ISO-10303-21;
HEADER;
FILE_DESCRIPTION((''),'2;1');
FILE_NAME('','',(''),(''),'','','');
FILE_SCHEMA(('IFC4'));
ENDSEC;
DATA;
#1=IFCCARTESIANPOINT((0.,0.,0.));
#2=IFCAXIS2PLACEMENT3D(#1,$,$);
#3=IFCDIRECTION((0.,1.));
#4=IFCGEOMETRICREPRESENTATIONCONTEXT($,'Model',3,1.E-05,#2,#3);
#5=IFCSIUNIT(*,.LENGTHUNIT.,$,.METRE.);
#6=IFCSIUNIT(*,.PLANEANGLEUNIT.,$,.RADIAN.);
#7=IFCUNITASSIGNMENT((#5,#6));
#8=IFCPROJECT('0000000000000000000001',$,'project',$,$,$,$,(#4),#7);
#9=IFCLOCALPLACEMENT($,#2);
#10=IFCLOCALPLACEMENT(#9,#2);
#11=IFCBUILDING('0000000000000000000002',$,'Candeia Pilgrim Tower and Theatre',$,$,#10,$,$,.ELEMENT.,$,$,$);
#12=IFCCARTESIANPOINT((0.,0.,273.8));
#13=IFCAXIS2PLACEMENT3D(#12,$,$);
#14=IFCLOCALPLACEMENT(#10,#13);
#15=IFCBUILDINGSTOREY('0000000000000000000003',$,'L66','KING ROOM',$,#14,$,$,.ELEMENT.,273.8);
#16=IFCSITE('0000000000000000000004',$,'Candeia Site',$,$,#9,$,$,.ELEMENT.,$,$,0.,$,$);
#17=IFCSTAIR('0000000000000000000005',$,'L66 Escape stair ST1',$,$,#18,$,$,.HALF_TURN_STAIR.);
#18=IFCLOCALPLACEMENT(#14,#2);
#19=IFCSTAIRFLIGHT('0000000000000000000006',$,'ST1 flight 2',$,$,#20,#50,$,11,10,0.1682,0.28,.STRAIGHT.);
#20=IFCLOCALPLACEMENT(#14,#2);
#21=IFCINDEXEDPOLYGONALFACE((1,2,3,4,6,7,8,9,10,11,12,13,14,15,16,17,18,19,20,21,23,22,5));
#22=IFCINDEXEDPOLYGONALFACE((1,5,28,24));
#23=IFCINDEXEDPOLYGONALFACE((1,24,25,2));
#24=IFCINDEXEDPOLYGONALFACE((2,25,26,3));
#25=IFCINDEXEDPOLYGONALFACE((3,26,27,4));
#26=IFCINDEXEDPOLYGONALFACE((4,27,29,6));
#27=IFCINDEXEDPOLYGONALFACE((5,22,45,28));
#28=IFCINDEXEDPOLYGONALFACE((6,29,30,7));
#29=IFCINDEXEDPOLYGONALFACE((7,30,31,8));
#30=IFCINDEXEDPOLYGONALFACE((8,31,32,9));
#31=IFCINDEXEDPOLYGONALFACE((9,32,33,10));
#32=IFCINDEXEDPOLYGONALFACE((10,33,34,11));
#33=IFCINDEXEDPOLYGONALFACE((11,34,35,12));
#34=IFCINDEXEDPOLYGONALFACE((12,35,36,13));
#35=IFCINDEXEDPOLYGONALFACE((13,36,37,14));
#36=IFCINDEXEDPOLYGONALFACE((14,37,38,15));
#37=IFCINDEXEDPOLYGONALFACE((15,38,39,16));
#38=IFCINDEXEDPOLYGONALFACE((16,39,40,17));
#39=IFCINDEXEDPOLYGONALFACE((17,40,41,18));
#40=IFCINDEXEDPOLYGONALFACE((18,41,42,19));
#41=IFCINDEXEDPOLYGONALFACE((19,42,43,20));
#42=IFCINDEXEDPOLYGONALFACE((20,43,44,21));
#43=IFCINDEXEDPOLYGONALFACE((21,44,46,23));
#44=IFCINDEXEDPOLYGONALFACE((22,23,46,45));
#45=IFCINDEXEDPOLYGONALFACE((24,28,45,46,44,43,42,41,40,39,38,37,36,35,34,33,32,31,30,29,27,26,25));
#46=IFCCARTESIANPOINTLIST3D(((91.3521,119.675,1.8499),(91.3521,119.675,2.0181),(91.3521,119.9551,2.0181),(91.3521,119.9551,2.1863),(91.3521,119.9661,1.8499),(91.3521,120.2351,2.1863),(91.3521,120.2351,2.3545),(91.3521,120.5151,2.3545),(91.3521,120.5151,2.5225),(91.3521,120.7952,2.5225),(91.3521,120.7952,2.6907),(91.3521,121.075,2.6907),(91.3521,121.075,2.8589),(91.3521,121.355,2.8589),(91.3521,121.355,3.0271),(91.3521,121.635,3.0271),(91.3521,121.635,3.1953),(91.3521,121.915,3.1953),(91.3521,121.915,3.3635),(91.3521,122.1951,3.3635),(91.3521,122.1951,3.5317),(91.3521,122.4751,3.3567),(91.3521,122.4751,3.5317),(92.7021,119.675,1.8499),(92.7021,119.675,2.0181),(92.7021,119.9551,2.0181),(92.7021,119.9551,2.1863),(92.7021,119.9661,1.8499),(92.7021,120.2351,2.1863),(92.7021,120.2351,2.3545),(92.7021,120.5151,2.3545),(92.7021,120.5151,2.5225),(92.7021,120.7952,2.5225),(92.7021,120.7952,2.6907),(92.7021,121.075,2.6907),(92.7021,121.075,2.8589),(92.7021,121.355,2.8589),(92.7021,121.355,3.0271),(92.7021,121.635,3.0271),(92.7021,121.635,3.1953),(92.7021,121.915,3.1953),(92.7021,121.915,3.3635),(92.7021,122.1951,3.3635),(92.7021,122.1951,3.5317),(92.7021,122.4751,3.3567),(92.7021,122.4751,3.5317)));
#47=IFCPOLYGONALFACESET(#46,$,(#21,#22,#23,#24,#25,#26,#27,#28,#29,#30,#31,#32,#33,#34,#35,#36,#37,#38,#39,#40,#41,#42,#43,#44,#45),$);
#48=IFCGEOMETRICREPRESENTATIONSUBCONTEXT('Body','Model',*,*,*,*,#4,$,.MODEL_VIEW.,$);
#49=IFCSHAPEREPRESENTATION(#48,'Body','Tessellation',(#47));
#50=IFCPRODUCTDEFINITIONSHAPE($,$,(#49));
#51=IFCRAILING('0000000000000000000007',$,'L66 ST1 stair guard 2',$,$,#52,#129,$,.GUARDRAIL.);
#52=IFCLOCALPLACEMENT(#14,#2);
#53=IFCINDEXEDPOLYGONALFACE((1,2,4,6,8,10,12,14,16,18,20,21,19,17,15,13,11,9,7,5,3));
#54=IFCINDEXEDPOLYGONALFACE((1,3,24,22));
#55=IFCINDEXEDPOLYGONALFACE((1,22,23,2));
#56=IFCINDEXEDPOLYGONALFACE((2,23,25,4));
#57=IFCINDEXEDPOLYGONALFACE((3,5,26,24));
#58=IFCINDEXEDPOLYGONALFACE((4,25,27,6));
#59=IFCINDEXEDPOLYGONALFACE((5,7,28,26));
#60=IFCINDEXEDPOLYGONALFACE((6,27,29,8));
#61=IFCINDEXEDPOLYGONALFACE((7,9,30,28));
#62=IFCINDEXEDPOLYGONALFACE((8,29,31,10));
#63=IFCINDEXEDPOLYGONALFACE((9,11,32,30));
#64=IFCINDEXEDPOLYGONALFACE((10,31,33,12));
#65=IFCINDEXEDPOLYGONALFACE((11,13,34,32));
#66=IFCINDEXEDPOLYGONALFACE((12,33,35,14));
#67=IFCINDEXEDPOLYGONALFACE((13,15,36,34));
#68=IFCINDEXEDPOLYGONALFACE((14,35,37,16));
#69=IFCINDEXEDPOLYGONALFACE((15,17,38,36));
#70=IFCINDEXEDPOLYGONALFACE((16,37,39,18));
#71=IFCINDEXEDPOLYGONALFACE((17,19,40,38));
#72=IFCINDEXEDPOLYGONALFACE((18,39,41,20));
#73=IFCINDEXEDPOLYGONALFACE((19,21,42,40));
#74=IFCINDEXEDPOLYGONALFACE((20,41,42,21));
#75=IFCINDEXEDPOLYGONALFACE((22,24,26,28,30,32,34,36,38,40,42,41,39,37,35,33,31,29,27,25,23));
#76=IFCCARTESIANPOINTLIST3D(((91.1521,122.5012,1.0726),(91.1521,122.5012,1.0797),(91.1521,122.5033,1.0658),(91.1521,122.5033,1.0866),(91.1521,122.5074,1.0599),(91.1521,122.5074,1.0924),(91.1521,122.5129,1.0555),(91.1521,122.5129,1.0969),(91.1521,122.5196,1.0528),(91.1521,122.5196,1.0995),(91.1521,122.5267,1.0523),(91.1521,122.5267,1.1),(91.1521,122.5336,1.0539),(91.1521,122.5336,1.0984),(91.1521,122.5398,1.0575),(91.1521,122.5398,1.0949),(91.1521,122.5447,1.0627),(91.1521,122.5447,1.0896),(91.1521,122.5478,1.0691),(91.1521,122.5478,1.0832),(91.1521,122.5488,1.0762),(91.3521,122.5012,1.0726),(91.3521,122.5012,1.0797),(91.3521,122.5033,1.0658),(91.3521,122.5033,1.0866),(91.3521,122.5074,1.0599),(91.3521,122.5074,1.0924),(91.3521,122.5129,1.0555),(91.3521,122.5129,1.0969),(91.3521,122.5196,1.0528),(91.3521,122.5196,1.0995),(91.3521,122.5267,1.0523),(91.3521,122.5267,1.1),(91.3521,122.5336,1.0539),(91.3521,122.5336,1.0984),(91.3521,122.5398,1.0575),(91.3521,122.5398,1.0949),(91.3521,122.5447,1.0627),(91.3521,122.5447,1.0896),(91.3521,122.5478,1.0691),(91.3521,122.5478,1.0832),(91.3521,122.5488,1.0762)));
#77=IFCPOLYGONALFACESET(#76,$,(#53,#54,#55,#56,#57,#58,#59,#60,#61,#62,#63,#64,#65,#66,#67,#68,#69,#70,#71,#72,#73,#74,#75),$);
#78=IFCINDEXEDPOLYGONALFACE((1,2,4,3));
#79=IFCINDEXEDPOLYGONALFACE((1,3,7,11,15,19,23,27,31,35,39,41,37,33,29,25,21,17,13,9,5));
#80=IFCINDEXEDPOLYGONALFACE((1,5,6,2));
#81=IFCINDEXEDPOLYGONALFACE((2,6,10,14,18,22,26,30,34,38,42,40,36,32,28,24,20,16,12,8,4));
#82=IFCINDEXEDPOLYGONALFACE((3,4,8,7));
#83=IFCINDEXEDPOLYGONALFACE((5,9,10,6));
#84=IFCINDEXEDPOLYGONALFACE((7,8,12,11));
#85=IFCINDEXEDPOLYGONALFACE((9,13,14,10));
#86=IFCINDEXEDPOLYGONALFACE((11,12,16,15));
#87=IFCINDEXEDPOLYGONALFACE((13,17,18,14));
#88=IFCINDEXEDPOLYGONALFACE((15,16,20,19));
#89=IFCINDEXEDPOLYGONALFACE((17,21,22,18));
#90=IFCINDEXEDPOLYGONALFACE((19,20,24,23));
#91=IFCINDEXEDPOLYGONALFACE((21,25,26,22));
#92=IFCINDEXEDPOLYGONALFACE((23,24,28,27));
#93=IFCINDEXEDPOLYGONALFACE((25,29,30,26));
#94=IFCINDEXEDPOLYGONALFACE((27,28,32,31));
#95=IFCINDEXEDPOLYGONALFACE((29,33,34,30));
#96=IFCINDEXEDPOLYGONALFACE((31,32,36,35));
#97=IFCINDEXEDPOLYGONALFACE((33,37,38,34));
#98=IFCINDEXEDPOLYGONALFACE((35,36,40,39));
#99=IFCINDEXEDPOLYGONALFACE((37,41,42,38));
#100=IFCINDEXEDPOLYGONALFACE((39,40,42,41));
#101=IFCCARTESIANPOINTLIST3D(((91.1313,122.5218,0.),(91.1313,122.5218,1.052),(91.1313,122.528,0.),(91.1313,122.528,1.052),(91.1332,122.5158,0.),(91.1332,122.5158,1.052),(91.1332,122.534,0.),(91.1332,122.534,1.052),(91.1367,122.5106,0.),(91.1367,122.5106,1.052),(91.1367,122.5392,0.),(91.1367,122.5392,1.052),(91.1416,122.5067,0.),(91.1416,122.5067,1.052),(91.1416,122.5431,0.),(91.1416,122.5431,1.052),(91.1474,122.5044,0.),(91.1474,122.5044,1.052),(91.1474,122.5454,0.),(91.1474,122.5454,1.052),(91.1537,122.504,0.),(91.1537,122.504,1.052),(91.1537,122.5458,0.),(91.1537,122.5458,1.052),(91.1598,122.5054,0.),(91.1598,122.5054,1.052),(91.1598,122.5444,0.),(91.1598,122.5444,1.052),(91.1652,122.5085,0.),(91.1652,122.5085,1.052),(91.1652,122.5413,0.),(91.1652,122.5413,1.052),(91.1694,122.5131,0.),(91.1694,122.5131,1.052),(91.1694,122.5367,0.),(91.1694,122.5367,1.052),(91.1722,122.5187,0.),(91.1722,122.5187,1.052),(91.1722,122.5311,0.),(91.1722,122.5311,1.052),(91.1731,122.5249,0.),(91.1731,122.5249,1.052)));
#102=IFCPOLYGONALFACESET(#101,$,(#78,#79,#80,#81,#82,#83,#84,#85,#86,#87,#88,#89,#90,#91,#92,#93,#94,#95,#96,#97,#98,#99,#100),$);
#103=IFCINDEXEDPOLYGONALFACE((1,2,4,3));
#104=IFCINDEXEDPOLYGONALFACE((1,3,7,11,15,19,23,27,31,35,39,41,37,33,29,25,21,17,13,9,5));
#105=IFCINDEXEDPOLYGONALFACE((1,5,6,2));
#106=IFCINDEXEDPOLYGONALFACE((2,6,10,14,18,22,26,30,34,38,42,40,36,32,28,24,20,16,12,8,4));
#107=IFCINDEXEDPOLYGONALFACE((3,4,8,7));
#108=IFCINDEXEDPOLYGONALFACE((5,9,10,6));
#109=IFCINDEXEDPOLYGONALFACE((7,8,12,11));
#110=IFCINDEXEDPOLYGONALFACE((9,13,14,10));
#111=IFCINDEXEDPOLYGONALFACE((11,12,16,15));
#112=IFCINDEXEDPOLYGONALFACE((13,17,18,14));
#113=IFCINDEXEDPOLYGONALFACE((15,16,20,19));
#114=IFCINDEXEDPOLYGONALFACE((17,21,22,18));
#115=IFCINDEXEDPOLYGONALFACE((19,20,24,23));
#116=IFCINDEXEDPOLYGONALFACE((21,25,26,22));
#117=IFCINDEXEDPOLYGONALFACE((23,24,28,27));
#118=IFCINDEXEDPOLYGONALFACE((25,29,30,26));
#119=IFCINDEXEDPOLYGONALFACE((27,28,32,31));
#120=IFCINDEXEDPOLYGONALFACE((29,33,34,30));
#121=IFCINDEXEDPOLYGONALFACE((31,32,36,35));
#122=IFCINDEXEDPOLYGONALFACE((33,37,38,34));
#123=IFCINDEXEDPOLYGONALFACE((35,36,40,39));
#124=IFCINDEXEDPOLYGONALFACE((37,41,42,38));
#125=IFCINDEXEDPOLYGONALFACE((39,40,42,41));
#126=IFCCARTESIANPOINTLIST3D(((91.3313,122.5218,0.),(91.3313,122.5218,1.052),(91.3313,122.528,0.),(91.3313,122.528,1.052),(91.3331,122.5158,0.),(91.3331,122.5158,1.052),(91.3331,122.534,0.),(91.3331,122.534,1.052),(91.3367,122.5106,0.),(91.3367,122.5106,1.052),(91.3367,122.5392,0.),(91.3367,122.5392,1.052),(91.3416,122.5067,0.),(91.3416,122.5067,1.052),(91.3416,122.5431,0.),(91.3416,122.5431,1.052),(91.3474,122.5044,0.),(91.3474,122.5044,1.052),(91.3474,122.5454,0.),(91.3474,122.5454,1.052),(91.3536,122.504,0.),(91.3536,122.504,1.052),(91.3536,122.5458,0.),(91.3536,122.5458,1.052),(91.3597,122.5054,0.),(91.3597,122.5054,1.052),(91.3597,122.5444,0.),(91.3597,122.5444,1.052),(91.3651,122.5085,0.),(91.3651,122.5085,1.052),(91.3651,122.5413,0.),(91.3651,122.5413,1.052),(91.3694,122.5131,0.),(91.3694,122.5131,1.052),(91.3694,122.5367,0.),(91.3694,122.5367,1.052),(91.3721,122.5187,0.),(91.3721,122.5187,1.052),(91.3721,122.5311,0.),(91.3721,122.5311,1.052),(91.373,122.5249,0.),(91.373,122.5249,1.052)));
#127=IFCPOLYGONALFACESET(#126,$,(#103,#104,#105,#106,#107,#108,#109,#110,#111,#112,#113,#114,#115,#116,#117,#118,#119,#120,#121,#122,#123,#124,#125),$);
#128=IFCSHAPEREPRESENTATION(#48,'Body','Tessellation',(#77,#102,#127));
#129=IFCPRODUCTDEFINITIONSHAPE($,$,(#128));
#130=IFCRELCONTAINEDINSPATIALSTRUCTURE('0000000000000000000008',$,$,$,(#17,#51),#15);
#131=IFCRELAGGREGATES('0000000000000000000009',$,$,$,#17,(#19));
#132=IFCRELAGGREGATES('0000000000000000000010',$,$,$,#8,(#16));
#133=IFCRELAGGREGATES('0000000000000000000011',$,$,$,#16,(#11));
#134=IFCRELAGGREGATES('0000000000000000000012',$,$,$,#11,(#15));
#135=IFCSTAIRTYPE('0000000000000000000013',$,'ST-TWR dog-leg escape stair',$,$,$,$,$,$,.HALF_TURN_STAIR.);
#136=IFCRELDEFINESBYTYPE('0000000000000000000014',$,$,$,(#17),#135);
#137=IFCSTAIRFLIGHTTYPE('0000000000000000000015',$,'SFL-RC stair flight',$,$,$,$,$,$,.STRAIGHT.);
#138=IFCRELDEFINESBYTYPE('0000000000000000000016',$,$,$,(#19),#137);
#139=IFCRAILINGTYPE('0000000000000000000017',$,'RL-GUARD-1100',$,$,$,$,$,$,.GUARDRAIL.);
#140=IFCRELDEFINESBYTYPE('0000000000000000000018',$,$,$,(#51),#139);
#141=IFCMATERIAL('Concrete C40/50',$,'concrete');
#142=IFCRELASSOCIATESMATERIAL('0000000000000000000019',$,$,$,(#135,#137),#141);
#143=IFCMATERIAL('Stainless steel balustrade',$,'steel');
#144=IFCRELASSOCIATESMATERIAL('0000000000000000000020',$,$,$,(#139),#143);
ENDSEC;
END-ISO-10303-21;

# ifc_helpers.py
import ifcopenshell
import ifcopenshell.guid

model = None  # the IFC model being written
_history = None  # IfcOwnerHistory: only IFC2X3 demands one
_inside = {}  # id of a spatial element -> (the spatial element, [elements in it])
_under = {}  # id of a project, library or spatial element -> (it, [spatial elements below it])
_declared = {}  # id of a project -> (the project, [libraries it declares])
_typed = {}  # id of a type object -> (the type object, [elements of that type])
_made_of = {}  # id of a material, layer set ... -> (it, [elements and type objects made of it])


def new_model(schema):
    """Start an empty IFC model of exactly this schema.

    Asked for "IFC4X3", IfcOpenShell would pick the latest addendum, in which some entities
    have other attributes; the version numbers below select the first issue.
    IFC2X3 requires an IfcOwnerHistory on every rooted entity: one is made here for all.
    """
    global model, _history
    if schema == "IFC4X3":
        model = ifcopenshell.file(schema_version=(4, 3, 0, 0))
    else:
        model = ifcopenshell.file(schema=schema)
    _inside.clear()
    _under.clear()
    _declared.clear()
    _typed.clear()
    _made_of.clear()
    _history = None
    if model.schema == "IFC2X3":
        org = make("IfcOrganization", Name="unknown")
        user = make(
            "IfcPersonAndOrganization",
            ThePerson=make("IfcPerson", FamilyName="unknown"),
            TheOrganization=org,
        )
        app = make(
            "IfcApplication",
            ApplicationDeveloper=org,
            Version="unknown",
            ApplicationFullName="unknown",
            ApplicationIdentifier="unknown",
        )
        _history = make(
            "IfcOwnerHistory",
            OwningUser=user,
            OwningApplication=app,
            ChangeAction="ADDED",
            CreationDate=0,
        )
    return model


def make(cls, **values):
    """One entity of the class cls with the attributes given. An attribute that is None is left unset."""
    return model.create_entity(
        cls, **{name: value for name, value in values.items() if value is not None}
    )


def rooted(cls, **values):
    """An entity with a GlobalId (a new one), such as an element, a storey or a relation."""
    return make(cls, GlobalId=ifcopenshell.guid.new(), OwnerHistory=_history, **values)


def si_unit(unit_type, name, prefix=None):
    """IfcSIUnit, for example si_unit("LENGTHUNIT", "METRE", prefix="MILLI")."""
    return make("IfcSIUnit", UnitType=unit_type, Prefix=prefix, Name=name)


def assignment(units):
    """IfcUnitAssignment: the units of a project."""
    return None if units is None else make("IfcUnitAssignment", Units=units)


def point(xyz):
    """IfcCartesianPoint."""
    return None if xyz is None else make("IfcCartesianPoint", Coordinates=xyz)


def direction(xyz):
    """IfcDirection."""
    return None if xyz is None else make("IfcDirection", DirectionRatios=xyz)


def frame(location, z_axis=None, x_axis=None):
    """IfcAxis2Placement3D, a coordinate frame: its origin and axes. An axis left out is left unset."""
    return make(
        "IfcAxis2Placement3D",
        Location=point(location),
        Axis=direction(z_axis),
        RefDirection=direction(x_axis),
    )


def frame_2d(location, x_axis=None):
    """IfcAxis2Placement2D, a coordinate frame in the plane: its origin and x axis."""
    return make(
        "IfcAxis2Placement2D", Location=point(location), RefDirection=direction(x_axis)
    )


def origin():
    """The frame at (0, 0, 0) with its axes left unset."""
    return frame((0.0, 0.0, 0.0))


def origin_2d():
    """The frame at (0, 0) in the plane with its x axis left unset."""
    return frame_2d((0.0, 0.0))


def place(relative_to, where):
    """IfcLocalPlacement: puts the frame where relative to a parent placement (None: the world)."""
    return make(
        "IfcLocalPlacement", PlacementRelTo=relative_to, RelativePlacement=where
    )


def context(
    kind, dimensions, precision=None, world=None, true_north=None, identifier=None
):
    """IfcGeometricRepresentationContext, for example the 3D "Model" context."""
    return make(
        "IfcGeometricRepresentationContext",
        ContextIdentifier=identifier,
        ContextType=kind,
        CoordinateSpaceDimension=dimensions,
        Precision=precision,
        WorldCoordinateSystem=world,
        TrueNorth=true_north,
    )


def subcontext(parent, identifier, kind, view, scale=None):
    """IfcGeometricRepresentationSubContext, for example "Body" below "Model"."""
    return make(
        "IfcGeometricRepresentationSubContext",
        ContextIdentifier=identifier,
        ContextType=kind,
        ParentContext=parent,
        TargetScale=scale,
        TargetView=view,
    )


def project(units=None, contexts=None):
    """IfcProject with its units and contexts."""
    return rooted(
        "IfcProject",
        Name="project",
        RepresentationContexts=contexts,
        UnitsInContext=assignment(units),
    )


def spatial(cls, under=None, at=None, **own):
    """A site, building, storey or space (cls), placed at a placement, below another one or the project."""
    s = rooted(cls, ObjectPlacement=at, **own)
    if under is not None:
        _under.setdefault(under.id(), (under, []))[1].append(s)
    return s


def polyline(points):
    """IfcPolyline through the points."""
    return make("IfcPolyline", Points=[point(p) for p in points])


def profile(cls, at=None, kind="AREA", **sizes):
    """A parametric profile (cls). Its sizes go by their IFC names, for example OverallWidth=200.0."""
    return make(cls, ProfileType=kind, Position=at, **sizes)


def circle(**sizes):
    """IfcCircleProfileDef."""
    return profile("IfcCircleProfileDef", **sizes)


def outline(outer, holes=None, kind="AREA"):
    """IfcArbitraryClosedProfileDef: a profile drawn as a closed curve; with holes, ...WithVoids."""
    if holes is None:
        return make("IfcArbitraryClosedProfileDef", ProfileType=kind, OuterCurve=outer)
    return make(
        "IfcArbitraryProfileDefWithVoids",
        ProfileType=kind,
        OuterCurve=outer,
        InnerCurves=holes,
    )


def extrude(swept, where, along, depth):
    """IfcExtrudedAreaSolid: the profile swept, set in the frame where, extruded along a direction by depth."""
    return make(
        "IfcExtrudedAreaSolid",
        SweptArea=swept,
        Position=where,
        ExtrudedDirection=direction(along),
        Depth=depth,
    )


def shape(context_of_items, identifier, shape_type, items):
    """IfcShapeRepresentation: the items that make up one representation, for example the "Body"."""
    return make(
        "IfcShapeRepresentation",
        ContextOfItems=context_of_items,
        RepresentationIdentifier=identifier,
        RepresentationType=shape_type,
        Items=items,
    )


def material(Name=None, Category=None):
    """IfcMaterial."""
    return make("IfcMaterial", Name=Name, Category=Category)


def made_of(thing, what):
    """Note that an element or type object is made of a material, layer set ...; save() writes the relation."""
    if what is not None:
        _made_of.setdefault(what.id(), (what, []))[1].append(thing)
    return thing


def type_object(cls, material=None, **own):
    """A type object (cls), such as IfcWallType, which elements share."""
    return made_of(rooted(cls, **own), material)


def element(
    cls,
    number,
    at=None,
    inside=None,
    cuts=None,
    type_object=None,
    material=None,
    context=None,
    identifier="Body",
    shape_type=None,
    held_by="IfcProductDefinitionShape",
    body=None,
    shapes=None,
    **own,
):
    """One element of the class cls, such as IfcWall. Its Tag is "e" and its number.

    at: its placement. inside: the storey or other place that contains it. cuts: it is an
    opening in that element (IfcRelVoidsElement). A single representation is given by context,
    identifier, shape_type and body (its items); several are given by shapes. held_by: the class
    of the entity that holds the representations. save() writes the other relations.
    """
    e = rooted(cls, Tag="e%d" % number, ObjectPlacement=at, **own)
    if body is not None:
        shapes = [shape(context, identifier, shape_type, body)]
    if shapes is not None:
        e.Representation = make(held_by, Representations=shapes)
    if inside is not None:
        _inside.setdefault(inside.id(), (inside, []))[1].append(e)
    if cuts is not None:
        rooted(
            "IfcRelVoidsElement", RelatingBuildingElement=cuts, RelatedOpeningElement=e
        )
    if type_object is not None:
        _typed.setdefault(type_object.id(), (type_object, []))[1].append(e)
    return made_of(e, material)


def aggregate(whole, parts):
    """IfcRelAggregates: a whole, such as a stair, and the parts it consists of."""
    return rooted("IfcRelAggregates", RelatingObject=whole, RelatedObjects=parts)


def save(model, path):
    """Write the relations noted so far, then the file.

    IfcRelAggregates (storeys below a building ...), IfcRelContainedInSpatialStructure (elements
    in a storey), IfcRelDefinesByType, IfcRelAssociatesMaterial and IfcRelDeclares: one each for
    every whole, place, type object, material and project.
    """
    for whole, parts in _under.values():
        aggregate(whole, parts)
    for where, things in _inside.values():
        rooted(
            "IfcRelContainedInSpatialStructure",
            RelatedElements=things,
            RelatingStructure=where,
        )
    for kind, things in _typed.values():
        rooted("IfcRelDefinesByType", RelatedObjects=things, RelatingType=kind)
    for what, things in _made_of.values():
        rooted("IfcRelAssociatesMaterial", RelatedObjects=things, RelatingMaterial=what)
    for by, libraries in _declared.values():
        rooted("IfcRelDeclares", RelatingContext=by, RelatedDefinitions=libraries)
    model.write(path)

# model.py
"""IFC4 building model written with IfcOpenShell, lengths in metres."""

from ifc_helpers import new_model, si_unit, direction, frame, origin, origin_2d, place, context, subcontext, project, spatial, polyline, circle, outline, extrude, material, type_object, element, aggregate, save


model = new_model("IFC4")

# Units and contexts
model_context = context("Model", 3, precision=1e-05, world=origin(), true_north=direction((0.0, 1.0)))
body_context = subcontext(model_context, "Body", "Model", "MODEL_VIEW")
ifc_project = project(units=[si_unit("LENGTHUNIT", "METRE"), si_unit("PLANEANGLEUNIT", "RADIAN")], contexts=[model_context])

# Site, building, storey
site_placement = place(None, origin())
site = spatial("IfcSite", under=ifc_project, at=site_placement, Name="Candeia Site", CompositionType="ELEMENT", RefElevation=0.0)
building_placement = place(site_placement, origin())
building = spatial("IfcBuilding", under=site, at=building_placement, Name="Candeia Pilgrim Tower and Theatre", CompositionType="ELEMENT")
storey_placement = place(building_placement, frame((0.0, 0.0, 273.8)))
storey = spatial("IfcBuildingStorey", under=building, at=storey_placement, Name="L66", Description="KING ROOM", CompositionType="ELEMENT", Elevation=273.8)

# Shared definitions
ifc_material_1 = material(Name="Concrete C40/50", Category="concrete")

# Stair, stair flight
stair_type = type_object("IfcStairType", Name="ST-TWR dog-leg escape stair", PredefinedType="HALF_TURN_STAIR", material=ifc_material_1)
stair_placement = place(storey_placement, origin())
stair = element("IfcStair", 1, at=stair_placement, inside=storey, type_object=stair_type, Name="L66 Escape stair ST1", PredefinedType="HALF_TURN_STAIR")
stair_flight_type = type_object("IfcStairFlightType", Name="SFL-RC stair flight", PredefinedType="STRAIGHT", material=ifc_material_1)
stair_flight_1_placement = place(storey_placement, frame((92.0271, 119.675, 1.8499), z_axis=(0.0, 0.0, 1.0), x_axis=(0.0, 1.0, 0.0)))
stair_flight_1 = element("IfcStairFlight", 2, at=stair_flight_1_placement, type_object=stair_flight_type, Name="ST1 flight 2", NumberOfRisers=11, NumberOfTreads=10, PredefinedType="STRAIGHT", RiserHeight=0.1682, TreadLength=0.28, context=body_context, shape_type="SweptSolid", body=[
    extrude(outline(polyline([(0.0, 0.0), (0.0, 0.1682), (0.28, 0.1682), (0.28, 0.3364), (0.5601, 0.3364), (0.5601, 0.5046), (0.8401, 0.5046), (0.8401, 0.6726), (1.1201, 0.6726), (1.1201, 0.8408), (1.3999, 0.8408), (1.3999, 1.009), (1.6799, 1.009), (1.6799, 1.1772), (1.96, 1.1772), (1.96, 1.3455), (2.24, 1.3455), (2.24, 1.5137), (2.52, 1.5137), (2.52, 1.6819), (2.8, 1.6819), (2.8, 1.8501), (2.8, 1.5068), (0.291, 0.0), (0.0, 0.0)])), frame((0.0, 0.675, 0.0), z_axis=(0.0, -1.0, 0.0), x_axis=(1.0, 0.0, 0.0)), (0.0, 0.0, 1.0), 1.3501),
])
aggregate(stair, [stair_flight_1])

# Railing
ifc_material_2 = material(Name="Stainless steel balustrade", Category="steel")
railing_type_1 = type_object("IfcRailingType", Name="RL-GUARD-1100", PredefinedType="GUARDRAIL", material=ifc_material_2)
railing_1_placement = place(storey_placement, frame((91.1521, 122.5249, 0.0)))
element("IfcRailing", 3, at=railing_1_placement, inside=storey, type_object=railing_type_1, Name="L66 ST1 stair guard 2", PredefinedType="GUARDRAIL", context=body_context, shape_type="SweptSolid", body=[
    extrude(circle(Radius=0.0239, at=origin_2d()), frame((0.0, 0.0, 1.0762), z_axis=(1.0, 0.0, 0.0), x_axis=(0.0, 1.0, 0.0)), (0.0, 0.0, 1.0), 0.2),
    extrude(circle(Radius=0.021, at=origin_2d()), origin(), (0.0, 0.0, 1.0), 1.052),
    extrude(circle(Radius=0.021, at=origin_2d()), frame((0.2, 0.0, 0.0)), (0.0, 0.0, 1.0), 1.052),
])

save(model, "model.ifc")
